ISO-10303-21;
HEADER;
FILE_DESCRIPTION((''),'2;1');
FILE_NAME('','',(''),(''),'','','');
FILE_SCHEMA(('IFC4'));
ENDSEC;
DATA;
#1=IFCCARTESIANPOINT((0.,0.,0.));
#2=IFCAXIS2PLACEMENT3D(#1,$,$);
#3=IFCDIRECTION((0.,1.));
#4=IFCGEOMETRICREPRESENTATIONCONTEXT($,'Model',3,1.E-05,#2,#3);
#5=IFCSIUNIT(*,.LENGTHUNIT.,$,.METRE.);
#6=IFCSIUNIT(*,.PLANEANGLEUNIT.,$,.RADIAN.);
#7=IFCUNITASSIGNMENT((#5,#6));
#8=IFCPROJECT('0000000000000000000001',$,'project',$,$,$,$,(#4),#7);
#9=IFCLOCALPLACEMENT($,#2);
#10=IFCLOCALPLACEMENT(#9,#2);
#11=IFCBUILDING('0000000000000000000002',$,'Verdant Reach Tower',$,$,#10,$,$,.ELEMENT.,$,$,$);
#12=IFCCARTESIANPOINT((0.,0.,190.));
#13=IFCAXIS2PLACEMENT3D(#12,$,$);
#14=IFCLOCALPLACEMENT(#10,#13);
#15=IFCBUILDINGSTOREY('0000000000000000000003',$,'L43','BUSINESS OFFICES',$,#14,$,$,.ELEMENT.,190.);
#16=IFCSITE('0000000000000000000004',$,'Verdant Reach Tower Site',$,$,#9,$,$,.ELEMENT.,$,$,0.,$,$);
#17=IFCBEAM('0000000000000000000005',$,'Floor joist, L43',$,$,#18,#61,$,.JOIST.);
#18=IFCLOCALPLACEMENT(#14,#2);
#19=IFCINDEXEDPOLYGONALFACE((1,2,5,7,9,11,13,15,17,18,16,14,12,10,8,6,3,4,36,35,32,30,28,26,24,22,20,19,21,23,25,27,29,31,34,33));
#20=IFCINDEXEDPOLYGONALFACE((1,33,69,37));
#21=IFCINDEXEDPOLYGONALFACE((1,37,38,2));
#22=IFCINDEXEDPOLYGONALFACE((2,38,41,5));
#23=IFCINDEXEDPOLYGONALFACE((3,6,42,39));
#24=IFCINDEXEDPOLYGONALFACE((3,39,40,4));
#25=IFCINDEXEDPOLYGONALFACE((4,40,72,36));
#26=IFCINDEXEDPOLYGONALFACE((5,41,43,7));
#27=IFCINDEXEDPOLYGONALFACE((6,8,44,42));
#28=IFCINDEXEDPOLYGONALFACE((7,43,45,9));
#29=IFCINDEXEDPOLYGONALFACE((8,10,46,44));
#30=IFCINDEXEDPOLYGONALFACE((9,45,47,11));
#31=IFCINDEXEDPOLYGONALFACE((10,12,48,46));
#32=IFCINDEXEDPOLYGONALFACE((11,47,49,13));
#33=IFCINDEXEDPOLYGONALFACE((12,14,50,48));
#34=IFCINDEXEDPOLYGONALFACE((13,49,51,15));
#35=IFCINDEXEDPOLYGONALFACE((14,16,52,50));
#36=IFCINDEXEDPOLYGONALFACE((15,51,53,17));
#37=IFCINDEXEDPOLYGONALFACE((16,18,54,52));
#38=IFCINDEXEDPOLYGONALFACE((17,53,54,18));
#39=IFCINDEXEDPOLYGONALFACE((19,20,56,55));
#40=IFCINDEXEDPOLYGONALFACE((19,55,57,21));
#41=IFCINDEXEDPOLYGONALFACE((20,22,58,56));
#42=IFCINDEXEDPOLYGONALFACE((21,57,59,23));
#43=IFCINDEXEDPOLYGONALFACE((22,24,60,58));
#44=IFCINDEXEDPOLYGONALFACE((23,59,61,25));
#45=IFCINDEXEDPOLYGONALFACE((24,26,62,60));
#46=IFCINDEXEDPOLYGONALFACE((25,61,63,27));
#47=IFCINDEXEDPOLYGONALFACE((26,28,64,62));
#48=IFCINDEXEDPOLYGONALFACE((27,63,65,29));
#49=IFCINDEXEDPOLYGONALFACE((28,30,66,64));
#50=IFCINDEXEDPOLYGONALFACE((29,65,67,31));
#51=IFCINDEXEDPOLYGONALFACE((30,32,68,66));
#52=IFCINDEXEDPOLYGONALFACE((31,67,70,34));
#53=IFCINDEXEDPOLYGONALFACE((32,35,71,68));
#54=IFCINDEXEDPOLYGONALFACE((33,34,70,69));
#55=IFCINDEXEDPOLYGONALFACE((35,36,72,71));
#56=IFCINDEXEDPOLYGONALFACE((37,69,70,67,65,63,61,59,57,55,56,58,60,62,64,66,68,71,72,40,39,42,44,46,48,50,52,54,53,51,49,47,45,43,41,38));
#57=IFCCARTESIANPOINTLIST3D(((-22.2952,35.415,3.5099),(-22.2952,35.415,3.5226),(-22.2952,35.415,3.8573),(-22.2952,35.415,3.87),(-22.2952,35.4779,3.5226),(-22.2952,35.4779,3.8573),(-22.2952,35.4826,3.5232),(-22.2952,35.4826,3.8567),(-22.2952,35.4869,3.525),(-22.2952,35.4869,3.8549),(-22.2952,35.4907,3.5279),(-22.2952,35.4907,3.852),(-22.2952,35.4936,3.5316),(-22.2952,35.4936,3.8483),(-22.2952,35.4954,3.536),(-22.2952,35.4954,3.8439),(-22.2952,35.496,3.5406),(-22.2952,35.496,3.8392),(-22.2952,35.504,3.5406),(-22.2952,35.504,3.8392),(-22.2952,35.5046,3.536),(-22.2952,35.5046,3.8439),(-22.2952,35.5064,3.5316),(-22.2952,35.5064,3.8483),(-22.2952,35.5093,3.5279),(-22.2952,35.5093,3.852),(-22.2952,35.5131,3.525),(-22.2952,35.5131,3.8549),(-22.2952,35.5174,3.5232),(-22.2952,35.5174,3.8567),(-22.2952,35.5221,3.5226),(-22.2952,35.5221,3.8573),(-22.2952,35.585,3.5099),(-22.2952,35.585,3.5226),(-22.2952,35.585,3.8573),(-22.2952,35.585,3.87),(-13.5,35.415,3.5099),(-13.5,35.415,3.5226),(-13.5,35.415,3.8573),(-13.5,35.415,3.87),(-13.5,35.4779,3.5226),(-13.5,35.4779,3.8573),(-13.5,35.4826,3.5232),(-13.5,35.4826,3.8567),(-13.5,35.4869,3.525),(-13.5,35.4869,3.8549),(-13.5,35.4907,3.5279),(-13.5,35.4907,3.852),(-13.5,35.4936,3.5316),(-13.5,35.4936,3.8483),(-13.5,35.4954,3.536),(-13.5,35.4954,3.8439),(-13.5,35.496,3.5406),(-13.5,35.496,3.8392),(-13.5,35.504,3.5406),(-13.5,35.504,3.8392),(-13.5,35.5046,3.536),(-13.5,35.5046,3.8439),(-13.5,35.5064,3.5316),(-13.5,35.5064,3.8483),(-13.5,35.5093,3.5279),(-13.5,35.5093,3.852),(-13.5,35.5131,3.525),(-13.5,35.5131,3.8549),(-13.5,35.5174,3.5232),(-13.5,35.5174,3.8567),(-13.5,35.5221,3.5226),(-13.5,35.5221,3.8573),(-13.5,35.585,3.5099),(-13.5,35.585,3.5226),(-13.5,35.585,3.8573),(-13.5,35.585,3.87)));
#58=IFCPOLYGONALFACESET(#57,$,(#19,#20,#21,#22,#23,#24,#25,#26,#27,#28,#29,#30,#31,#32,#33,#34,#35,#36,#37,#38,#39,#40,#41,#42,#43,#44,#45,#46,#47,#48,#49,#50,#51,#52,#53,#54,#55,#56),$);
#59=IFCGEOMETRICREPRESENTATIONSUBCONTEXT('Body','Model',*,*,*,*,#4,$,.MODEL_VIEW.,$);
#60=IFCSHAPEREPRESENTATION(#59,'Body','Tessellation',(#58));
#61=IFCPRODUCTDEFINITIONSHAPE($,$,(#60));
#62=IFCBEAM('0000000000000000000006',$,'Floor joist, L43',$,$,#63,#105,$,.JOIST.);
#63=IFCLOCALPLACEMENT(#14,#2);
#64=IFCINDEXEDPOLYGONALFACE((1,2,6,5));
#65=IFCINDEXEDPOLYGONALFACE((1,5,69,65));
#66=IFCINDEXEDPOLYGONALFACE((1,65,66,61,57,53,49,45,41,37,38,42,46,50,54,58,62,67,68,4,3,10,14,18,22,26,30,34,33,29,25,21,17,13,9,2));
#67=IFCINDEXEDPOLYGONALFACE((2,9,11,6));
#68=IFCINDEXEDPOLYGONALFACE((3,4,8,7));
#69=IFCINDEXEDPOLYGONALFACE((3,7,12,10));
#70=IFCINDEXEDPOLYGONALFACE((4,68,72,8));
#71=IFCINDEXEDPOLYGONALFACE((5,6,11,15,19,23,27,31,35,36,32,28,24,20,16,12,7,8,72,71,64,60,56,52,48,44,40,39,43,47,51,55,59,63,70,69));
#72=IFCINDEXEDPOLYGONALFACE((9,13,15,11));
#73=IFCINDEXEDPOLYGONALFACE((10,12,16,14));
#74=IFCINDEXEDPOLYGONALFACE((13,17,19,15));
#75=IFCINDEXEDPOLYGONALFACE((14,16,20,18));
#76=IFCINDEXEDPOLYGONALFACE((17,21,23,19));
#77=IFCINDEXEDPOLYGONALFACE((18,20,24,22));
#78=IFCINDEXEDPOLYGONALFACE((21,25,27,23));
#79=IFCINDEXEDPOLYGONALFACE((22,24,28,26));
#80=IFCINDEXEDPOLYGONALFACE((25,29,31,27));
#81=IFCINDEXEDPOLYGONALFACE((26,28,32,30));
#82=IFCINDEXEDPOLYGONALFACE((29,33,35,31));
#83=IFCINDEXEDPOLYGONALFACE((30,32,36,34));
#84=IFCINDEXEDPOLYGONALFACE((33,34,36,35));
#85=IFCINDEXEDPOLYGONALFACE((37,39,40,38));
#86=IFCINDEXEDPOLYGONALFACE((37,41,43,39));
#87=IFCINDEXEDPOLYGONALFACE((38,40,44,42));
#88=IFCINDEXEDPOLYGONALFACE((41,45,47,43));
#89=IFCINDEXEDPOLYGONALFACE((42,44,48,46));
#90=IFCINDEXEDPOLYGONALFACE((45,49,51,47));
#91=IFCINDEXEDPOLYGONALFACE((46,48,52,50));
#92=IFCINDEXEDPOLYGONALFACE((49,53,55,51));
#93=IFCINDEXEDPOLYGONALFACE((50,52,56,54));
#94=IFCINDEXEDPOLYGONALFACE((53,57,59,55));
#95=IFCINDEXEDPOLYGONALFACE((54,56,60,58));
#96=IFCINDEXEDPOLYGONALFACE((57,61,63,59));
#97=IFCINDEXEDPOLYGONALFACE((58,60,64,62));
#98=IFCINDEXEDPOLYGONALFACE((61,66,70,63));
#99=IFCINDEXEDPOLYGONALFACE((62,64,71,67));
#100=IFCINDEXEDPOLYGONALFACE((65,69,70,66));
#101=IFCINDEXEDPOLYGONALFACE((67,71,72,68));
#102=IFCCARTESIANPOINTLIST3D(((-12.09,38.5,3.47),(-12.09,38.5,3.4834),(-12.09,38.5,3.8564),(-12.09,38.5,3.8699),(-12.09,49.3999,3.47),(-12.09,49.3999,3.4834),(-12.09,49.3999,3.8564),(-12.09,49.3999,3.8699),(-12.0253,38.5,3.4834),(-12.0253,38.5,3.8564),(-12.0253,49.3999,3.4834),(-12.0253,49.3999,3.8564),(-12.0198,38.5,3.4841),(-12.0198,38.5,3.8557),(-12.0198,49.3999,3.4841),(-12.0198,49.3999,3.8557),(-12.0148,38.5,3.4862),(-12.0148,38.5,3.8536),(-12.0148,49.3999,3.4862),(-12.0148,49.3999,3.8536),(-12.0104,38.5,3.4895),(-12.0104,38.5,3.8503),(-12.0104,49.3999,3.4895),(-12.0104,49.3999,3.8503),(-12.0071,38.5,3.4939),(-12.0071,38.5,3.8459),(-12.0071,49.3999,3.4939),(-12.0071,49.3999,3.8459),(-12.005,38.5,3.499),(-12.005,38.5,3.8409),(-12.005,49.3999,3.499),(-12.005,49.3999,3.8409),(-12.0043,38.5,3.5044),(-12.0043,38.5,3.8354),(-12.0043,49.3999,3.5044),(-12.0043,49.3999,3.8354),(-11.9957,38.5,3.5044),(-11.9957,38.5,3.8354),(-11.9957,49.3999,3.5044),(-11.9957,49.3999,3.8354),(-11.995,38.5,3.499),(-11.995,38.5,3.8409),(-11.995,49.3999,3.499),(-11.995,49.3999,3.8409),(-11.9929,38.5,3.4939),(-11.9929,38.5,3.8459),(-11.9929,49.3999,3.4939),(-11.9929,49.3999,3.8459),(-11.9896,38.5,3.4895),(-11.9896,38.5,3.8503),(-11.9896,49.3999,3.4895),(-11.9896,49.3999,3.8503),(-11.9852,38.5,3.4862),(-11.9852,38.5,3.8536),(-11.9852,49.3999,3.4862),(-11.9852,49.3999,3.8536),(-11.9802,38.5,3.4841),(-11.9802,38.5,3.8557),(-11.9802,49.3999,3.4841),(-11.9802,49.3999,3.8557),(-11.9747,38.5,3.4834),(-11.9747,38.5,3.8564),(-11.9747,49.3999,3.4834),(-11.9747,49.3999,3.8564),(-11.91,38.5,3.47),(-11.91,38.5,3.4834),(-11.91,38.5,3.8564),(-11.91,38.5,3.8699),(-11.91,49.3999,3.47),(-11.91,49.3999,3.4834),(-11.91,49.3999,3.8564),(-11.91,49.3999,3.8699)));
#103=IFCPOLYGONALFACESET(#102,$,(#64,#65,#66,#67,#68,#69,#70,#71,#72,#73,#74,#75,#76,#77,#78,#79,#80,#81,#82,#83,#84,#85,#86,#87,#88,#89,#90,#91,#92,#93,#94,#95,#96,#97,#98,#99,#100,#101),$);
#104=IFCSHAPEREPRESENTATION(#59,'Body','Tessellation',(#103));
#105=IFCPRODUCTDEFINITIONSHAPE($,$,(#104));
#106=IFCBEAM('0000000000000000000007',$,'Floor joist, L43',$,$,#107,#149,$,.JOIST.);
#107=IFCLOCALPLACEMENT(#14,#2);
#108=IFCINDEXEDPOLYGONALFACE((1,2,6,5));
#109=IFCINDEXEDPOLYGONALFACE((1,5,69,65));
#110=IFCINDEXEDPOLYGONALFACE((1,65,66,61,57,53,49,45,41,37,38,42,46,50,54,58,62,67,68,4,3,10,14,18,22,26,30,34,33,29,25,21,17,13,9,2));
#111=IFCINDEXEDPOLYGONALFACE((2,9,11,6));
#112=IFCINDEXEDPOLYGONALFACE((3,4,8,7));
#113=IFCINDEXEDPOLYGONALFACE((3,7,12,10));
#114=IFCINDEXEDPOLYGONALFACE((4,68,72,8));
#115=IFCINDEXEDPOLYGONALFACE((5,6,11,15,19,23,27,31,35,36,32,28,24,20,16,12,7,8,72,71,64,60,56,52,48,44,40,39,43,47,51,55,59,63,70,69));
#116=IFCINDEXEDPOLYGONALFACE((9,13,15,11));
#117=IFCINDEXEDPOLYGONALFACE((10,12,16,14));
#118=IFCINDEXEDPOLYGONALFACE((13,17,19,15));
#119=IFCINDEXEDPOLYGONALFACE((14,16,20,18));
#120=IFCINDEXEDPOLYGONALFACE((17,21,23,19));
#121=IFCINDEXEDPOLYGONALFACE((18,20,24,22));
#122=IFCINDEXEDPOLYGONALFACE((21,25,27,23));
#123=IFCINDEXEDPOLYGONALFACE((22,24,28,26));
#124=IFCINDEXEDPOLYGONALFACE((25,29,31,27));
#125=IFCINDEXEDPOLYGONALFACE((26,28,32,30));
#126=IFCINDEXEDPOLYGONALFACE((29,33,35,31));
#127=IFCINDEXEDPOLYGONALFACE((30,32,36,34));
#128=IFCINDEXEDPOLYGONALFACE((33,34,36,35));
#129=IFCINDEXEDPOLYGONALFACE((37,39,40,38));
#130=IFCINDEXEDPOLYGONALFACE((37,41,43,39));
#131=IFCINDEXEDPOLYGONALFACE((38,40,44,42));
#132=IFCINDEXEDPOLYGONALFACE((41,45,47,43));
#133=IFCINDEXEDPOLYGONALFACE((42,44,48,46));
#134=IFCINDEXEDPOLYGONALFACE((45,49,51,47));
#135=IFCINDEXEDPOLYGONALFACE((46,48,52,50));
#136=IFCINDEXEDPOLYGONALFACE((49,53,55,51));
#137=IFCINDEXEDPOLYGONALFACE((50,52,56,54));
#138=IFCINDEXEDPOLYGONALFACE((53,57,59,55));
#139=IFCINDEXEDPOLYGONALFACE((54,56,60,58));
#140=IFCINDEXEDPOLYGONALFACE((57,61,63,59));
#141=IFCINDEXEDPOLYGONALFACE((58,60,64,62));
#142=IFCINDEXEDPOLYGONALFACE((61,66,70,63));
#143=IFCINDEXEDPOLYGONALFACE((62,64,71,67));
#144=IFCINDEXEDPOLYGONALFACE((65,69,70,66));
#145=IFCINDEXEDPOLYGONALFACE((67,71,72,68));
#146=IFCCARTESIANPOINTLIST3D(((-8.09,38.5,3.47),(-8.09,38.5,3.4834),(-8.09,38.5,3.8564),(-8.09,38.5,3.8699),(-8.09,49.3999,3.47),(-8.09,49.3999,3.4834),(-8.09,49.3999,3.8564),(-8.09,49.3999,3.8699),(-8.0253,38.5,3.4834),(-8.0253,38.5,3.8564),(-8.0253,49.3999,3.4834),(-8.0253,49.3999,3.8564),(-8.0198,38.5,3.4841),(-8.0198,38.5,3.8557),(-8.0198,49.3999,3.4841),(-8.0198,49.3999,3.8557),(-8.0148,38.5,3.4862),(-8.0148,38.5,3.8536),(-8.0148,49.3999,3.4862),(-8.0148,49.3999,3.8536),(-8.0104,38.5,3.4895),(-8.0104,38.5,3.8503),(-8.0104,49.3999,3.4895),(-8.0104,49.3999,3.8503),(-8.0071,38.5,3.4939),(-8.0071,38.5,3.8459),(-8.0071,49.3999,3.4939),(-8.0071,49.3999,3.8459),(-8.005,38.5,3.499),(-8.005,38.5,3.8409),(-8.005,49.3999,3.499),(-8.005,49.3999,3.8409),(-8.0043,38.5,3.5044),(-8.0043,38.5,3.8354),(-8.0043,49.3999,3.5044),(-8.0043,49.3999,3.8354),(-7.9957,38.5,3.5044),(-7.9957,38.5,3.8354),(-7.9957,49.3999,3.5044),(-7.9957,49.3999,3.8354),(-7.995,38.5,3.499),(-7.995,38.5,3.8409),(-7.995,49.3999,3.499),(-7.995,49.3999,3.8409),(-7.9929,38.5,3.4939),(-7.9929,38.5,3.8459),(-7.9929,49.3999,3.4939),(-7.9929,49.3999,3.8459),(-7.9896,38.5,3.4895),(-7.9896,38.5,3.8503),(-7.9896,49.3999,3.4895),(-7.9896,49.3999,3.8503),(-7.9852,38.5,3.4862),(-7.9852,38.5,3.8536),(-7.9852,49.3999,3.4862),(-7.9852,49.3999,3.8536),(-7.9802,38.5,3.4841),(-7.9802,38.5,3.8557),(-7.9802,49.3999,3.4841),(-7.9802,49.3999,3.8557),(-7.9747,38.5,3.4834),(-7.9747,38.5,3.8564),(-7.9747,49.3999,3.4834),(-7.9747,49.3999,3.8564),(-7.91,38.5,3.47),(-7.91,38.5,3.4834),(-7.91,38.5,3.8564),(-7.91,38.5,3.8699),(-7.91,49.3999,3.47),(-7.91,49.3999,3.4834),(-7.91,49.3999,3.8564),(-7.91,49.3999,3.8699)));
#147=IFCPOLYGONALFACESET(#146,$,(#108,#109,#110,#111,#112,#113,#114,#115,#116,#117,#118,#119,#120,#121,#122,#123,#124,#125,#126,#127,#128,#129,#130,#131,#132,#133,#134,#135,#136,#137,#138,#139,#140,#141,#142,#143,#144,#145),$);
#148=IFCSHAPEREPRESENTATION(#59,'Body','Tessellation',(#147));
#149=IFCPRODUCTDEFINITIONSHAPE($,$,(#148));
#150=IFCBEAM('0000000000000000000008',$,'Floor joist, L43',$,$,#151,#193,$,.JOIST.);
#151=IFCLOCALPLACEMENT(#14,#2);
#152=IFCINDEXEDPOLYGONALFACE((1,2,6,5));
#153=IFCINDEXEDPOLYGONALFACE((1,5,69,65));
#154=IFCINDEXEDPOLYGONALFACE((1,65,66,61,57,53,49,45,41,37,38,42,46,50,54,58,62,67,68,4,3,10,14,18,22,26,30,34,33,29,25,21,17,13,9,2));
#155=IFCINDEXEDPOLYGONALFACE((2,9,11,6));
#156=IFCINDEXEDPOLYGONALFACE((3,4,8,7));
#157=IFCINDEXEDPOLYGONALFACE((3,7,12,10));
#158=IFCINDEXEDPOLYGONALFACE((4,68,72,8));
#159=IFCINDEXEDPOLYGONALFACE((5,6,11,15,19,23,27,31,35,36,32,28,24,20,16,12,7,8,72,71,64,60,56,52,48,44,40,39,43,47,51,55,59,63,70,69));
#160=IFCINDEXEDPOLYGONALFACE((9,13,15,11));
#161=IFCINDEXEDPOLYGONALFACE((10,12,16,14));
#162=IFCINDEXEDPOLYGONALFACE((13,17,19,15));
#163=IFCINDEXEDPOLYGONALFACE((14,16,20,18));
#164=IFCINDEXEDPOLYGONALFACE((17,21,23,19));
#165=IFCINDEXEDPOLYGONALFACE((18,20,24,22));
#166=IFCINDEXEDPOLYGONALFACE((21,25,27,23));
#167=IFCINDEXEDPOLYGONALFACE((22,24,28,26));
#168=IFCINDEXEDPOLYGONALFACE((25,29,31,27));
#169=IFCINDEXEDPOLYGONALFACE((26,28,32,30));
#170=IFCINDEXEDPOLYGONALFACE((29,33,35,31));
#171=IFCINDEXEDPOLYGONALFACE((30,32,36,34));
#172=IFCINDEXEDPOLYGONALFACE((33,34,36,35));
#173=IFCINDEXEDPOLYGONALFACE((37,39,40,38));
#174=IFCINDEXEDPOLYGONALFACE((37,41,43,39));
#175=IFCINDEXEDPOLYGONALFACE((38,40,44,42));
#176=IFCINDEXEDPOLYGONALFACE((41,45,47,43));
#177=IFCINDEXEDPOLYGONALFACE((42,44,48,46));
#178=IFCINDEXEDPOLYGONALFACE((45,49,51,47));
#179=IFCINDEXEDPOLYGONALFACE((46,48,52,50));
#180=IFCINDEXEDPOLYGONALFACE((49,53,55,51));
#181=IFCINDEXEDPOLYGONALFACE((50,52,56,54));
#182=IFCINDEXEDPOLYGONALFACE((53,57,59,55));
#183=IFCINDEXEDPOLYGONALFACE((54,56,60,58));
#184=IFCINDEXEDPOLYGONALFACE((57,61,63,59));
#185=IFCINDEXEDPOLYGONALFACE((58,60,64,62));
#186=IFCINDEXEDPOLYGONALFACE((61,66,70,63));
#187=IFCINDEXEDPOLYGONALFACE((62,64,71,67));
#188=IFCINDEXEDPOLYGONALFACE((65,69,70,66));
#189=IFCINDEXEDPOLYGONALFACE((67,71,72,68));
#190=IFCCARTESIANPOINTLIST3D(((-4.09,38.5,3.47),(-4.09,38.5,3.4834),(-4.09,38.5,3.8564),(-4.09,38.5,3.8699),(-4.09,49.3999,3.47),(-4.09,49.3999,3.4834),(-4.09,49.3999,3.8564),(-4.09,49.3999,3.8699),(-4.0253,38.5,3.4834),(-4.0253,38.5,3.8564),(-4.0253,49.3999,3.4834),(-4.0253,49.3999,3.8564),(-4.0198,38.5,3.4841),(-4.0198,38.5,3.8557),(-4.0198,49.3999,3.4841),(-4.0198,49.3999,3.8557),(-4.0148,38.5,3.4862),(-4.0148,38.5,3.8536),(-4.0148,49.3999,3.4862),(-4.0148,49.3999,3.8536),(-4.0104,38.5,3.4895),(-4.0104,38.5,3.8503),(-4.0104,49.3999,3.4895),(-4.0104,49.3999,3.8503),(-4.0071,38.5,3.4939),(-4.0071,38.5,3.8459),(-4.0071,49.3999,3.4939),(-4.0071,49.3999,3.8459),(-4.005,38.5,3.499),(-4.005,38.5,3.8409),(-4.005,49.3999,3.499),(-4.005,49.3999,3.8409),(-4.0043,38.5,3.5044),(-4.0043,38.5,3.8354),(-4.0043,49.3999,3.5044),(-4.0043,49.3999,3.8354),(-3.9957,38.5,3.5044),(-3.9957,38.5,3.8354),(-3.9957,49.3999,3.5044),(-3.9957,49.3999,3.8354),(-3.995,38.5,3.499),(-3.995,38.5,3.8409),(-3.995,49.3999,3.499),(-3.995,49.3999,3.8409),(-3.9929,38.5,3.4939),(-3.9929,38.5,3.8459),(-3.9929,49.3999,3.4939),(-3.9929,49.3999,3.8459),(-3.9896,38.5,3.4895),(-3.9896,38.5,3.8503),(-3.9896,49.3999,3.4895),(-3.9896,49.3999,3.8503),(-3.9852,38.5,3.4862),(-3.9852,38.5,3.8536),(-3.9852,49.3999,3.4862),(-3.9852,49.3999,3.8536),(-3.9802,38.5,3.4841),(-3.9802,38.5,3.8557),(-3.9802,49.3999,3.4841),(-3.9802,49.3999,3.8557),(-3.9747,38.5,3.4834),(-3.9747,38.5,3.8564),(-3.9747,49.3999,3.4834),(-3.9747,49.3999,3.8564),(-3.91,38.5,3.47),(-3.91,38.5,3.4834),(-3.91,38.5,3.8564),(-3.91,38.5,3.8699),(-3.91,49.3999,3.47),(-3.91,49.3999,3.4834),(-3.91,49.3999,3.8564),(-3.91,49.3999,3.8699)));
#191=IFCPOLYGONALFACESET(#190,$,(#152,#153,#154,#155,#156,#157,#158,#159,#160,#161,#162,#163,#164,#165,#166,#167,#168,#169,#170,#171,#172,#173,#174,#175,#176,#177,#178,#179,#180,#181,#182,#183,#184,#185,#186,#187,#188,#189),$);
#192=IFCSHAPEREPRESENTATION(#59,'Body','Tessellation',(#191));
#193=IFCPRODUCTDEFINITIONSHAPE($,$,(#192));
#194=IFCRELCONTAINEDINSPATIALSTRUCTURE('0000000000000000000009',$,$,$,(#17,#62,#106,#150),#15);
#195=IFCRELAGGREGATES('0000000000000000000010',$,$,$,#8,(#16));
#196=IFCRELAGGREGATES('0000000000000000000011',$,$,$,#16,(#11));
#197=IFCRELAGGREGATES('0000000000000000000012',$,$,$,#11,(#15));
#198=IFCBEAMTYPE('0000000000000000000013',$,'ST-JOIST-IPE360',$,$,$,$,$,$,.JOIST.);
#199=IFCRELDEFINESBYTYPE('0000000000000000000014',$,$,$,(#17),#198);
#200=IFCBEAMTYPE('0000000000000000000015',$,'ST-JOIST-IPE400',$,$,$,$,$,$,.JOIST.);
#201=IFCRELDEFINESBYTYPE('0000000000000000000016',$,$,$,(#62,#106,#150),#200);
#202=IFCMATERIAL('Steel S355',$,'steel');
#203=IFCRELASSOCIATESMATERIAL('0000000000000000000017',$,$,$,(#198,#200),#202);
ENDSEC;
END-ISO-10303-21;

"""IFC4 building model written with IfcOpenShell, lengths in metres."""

from ifc_helpers import new_model, si_unit, direction, frame, origin, origin_2d, place, context, subcontext, project, spatial, i_section, extrude, material, material_profile, profile_set, type_object, element, save


model = new_model("IFC4")

# Units and contexts
model_context = context("Model", 3, precision=1e-05, world=origin(), true_north=direction((0.0, 1.0)))
body_context = subcontext(model_context, "Body", "Model", "MODEL_VIEW")
ifc_project = project(units=[si_unit("LENGTHUNIT", "METRE"), si_unit("PLANEANGLEUNIT", "RADIAN")], contexts=[model_context])

# Site, building, storey
site_placement = place(None, origin())
site = spatial("IfcSite", under=ifc_project, at=site_placement, Name="Verdant Reach Tower Site", CompositionType="ELEMENT", RefElevation=0.0)
building_placement = place(site_placement, origin())
building = spatial("IfcBuilding", under=site, at=building_placement, Name="Verdant Reach Tower", CompositionType="ELEMENT")
storey_placement = place(building_placement, frame((0.0, 0.0, 190.0)))
storey = spatial("IfcBuildingStorey", under=building, at=storey_placement, Name="L43", Description="BUSINESS OFFICES", CompositionType="ELEMENT", Elevation=190.0)

# Beams
ifc_material_1 = material(Name="Steel S355", Category="steel")
ifc_material_profile_1 = material_profile(ifc_material_1, i_section(OverallWidth=0.1699, OverallDepth=0.3601, WebThickness=0.0081, FlangeThickness=0.0127, FilletRadius=0.0181, at=origin_2d()), Name="IPE 360")
ifc_profile_set_1 = profile_set([ifc_material_profile_1], Name="Steel S355")
beam_type_1 = type_object("IfcBeamType", Name="ST-JOIST-IPE360", PredefinedType="JOIST", material=ifc_profile_set_1)
beam_1_placement = place(storey_placement, frame((-13.5, 35.5, 3.6899), z_axis=(-1.0, 0.0, 0.0), x_axis=(0.0, -1.0, 0.0)))
element("IfcBeam", 1, at=beam_1_placement, inside=storey, type_object=beam_type_1, Name="Floor joist, L43", PredefinedType="JOIST", context=body_context, shape_type="SweptSolid", body=[
    extrude(i_section(OverallWidth=0.1699, OverallDepth=0.3601, WebThickness=0.0081, FlangeThickness=0.0127, FilletRadius=0.0181, at=origin_2d()), origin(), (0.0, 0.0, 1.0), 8.7952),
])
ifc_material_profile_2 = material_profile(ifc_material_1, i_section(OverallWidth=0.1799, OverallDepth=0.3999, WebThickness=0.0085, FlangeThickness=0.0134, FilletRadius=0.021, at=origin_2d()), Name="IPE 400")
ifc_profile_set_2 = profile_set([ifc_material_profile_2], Name="Steel S355")
beam_type_2 = type_object("IfcBeamType", Name="ST-JOIST-IPE400", PredefinedType="JOIST", material=ifc_profile_set_2)
for number, where, z_axis, x_axis, name in (
    (2, (-12.0, 38.5, 3.6699), (0.0, 1.0, 0.0), (-1.0, 0.0, 0.0), "Floor joist, L43"),
    (3, (-8.0, 38.5, 3.6699), (0.0, 1.0, 0.0), (-1.0, 0.0, 0.0), "Floor joist, L43"),
    (4, (-4.0, 38.5, 3.6699), (0.0, 1.0, 0.0), (-1.0, 0.0, 0.0), "Floor joist, L43"),
):
    element("IfcBeam", number, at=place(storey_placement, frame(where, z_axis=z_axis, x_axis=x_axis)), inside=storey, type_object=beam_type_2, Name=name, PredefinedType="JOIST", context=body_context, shape_type="SweptSolid", body=[
        extrude(i_section(OverallWidth=0.1799, OverallDepth=0.3999, WebThickness=0.0085, FlangeThickness=0.0134, FilletRadius=0.021, at=origin_2d()), origin(), (0.0, 0.0, 1.0), 10.8999),
    ])

save(model, "model.ifc")
